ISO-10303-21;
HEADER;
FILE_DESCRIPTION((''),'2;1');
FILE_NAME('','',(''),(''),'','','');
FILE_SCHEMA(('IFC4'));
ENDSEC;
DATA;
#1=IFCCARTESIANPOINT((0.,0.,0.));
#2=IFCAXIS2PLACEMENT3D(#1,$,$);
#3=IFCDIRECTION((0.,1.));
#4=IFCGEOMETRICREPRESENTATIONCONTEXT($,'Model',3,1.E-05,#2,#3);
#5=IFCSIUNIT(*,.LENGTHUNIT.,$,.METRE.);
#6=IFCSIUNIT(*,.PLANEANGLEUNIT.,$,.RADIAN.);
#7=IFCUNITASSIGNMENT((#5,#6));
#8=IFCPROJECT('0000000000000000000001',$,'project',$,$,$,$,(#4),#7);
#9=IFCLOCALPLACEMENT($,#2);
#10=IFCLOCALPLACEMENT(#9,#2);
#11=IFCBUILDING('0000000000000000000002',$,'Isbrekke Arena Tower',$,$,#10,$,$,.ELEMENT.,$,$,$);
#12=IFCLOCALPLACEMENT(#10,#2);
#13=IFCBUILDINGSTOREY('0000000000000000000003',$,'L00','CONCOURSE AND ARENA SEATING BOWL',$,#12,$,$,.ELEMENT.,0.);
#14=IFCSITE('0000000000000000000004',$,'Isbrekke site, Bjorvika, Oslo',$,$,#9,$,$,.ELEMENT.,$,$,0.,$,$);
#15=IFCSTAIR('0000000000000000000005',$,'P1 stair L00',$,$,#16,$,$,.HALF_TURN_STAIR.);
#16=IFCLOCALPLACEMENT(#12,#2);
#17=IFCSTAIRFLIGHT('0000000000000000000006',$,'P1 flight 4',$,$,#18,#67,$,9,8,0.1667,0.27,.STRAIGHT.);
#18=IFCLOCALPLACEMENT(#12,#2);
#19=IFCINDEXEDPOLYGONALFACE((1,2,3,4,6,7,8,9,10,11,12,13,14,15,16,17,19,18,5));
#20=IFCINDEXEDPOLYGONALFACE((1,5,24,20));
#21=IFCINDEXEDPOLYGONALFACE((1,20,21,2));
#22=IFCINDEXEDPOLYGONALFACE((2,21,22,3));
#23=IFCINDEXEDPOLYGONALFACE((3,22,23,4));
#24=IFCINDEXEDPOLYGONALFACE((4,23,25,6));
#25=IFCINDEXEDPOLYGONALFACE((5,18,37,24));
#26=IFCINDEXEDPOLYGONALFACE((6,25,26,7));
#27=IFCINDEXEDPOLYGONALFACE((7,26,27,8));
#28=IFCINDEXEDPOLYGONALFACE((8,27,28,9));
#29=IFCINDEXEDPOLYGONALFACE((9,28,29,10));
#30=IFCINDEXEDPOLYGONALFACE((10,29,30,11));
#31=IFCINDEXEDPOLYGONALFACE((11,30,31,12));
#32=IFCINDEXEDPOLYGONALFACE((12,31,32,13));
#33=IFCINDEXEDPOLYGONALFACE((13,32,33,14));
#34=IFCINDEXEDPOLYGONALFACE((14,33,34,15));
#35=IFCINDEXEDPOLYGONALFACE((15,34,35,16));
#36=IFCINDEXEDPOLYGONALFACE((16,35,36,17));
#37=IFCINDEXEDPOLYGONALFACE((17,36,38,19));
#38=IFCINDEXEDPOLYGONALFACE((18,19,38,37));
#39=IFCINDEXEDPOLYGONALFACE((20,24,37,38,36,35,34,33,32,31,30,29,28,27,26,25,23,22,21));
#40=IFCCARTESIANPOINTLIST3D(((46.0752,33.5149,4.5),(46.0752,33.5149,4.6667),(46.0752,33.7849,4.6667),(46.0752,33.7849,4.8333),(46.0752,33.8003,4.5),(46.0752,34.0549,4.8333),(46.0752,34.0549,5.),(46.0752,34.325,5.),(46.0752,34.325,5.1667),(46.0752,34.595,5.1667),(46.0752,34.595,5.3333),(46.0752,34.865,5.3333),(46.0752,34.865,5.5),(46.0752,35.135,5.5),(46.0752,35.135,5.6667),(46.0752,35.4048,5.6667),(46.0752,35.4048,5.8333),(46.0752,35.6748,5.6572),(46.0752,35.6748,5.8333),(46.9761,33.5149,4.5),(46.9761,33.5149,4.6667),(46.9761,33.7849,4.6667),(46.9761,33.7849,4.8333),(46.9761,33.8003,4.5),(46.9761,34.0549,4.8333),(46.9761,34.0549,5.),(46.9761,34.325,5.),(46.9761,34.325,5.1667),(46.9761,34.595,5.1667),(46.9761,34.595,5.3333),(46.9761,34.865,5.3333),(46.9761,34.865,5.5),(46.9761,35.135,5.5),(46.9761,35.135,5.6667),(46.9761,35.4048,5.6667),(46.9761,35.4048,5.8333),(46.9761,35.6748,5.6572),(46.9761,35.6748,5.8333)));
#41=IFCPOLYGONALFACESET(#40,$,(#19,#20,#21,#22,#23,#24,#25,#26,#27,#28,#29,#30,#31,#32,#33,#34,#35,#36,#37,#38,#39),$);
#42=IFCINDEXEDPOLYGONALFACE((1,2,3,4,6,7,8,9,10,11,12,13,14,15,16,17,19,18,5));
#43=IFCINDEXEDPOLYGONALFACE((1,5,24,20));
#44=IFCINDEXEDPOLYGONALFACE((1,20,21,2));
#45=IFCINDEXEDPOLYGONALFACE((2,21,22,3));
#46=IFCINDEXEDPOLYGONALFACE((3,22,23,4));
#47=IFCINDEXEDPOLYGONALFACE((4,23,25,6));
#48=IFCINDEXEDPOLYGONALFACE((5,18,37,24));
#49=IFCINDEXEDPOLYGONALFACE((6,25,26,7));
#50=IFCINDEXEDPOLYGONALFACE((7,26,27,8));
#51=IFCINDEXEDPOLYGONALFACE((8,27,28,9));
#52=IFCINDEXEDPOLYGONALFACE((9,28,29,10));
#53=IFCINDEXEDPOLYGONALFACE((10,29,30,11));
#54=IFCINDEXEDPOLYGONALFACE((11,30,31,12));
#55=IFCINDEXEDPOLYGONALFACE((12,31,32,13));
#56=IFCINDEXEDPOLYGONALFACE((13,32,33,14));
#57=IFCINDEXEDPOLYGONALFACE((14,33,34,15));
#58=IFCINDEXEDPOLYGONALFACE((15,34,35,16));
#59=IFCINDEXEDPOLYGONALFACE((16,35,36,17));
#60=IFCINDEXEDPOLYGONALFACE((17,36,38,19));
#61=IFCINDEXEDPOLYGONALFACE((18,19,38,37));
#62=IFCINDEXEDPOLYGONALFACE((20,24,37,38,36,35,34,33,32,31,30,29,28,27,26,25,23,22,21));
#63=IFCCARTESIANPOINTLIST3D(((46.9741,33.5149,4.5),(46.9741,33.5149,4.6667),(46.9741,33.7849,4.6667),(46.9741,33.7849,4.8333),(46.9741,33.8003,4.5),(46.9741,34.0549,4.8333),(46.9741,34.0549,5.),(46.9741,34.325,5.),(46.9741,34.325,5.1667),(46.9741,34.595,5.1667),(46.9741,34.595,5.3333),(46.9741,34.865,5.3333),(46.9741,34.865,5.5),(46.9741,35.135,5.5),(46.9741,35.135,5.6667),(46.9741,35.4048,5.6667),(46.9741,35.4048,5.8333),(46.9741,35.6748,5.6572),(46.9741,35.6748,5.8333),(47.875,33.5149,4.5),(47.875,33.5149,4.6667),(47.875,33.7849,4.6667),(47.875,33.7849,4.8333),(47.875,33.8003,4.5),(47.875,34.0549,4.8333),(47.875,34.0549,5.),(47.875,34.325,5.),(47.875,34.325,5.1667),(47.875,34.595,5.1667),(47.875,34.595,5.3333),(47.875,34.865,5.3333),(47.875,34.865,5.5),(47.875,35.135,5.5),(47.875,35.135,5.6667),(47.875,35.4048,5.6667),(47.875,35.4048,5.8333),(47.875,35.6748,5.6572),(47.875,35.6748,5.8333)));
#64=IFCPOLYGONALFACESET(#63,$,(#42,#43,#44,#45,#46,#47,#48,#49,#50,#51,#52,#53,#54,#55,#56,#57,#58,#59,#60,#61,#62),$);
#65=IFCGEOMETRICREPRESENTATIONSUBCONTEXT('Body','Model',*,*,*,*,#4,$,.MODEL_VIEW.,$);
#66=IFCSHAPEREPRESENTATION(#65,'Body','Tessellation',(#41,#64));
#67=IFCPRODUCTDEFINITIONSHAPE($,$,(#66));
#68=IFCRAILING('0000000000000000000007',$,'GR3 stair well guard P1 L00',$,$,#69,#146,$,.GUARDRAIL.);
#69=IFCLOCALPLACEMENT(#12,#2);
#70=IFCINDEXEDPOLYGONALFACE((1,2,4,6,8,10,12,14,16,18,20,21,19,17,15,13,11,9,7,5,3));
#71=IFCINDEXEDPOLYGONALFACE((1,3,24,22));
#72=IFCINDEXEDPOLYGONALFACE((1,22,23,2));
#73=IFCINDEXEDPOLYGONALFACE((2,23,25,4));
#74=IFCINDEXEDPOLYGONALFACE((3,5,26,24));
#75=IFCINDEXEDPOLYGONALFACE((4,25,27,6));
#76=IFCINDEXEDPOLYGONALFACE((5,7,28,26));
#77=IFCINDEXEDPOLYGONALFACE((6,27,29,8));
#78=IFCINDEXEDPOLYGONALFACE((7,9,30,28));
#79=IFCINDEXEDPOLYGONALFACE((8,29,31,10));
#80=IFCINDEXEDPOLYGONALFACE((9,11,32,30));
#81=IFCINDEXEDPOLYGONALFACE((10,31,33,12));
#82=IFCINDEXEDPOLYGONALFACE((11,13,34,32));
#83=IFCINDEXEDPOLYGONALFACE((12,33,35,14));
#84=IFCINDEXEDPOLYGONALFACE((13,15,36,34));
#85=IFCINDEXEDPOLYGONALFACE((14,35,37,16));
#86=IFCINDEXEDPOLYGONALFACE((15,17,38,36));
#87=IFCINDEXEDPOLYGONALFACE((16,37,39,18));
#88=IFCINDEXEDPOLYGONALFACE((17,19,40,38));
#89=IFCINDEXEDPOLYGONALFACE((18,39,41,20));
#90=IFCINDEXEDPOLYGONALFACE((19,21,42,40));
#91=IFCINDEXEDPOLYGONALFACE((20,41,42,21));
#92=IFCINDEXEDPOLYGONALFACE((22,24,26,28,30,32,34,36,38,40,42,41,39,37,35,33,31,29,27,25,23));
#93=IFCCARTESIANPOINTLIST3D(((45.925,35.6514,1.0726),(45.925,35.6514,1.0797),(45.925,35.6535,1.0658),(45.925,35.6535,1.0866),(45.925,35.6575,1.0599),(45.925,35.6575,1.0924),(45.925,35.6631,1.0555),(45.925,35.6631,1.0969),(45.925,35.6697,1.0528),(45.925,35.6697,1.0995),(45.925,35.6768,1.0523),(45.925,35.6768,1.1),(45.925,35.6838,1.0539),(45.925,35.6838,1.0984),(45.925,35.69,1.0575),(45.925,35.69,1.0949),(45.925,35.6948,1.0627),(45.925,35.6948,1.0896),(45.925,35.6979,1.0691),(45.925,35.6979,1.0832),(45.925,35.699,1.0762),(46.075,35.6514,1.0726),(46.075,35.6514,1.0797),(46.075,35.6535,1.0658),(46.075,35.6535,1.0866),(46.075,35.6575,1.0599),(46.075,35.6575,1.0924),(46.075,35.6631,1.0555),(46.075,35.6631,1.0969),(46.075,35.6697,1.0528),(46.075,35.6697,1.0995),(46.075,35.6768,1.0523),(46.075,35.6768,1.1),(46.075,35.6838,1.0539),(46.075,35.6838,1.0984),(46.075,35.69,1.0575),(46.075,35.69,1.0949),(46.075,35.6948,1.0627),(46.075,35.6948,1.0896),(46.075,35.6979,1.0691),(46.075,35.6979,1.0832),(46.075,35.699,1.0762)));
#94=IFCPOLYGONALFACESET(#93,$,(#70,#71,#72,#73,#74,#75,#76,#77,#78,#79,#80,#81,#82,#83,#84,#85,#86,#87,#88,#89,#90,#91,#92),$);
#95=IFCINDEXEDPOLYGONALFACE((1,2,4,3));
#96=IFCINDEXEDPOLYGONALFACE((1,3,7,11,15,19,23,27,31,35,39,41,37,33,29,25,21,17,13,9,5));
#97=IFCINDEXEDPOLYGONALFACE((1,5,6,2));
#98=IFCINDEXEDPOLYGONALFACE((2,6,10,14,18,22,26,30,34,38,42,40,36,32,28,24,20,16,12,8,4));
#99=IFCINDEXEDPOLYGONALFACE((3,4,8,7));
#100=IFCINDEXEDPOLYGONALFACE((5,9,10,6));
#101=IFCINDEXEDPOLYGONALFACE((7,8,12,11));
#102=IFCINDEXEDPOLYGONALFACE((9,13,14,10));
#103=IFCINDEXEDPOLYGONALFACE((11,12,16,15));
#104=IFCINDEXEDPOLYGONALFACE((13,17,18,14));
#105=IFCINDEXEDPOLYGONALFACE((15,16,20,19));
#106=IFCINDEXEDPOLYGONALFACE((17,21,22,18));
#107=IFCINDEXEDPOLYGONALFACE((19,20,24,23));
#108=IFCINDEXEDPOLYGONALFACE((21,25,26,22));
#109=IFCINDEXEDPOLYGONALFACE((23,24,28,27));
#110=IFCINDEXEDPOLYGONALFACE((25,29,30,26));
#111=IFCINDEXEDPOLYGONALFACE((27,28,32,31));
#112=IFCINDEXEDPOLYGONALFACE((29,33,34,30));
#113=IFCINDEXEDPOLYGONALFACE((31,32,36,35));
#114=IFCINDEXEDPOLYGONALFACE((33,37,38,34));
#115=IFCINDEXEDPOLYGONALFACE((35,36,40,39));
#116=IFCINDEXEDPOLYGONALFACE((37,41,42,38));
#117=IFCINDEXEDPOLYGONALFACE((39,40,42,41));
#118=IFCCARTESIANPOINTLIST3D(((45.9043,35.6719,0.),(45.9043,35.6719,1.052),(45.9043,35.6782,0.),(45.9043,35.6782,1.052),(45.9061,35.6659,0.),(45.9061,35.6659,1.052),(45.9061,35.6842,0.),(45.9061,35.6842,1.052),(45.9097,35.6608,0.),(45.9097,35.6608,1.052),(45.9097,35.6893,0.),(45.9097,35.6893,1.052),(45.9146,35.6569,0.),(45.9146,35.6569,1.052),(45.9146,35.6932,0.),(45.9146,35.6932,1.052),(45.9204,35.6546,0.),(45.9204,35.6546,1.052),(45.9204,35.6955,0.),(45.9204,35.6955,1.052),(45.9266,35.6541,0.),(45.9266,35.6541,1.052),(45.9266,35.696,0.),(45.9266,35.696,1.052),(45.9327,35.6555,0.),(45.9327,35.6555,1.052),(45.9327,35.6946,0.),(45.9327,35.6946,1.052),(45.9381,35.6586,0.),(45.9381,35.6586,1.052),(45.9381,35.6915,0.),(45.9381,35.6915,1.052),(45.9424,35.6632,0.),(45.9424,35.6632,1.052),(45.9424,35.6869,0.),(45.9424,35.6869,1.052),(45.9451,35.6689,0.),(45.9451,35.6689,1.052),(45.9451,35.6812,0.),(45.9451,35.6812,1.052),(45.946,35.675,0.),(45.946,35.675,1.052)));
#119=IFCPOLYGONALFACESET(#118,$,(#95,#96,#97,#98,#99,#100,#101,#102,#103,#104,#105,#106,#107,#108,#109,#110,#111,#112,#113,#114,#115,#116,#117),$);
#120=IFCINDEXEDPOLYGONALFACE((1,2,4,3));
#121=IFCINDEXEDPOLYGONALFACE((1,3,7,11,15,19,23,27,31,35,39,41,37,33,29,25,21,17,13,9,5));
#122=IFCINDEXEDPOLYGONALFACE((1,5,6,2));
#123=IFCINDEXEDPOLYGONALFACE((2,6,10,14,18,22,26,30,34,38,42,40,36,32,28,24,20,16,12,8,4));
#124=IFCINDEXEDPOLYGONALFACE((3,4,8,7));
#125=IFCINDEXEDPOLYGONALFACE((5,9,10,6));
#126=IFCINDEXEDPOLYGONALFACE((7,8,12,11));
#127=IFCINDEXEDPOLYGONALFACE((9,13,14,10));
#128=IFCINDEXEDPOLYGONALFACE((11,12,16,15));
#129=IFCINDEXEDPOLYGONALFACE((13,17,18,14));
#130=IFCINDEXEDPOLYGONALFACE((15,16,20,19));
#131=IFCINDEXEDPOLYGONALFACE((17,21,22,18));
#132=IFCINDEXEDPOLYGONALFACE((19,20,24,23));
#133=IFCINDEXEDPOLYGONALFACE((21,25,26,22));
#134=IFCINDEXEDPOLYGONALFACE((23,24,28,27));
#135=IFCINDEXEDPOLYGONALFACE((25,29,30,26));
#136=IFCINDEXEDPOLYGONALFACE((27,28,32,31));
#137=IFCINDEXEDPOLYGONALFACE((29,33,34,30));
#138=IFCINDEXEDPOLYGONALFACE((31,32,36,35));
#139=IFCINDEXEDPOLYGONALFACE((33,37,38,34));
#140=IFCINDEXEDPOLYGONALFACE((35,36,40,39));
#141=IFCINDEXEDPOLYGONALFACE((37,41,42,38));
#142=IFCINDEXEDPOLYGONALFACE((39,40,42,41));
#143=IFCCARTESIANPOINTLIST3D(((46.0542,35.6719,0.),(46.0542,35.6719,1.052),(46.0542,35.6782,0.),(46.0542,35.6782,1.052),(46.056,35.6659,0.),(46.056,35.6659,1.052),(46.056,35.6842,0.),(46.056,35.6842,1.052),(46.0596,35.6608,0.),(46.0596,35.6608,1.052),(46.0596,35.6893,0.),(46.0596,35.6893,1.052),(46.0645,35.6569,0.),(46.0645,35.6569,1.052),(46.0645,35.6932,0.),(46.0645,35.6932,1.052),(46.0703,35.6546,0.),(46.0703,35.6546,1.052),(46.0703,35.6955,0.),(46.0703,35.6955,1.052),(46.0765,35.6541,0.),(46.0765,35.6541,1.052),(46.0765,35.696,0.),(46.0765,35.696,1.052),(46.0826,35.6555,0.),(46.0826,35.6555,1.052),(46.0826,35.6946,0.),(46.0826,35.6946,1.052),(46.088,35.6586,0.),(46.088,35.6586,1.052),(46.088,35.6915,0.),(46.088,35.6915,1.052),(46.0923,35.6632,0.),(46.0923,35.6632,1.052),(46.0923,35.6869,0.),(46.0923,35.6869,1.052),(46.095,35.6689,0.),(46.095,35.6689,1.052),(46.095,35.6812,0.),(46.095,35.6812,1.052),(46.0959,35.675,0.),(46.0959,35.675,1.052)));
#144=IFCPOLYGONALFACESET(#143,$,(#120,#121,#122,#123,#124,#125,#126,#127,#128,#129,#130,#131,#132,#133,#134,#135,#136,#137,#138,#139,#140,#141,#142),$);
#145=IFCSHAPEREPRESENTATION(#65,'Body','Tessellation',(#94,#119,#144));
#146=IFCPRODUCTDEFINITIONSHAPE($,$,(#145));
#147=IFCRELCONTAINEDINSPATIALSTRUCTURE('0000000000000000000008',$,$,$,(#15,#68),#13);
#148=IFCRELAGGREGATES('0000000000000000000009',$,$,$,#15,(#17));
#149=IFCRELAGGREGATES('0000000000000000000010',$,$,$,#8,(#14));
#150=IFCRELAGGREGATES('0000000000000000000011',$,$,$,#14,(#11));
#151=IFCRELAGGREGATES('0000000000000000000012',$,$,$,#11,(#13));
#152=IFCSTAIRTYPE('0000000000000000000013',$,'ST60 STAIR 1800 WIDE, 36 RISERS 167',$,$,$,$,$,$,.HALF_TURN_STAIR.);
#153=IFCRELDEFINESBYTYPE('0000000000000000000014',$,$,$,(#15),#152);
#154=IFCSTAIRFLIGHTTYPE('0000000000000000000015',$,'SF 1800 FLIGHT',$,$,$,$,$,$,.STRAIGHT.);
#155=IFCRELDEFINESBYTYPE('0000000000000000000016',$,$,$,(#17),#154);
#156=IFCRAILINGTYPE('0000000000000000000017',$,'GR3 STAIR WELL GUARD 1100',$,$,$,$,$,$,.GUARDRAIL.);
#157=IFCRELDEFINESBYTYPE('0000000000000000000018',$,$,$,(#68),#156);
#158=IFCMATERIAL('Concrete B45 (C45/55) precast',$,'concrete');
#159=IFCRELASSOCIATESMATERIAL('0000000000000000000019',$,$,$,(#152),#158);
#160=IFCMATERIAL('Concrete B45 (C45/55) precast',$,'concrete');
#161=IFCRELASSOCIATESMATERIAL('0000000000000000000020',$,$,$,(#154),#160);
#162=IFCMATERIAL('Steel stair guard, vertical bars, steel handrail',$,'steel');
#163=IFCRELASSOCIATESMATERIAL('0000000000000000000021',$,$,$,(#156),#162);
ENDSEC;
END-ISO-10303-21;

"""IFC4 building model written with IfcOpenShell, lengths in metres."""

from ifc_helpers import new_model, si_unit, direction, frame, origin, origin_2d, place, context, subcontext, project, spatial, polyline, circle, outline, extrude, material, type_object, element, aggregate, save


model = new_model("IFC4")

# Units and contexts
model_context = context("Model", 3, precision=1e-05, world=origin(), true_north=direction((0.0, 1.0)))
body_context = subcontext(model_context, "Body", "Model", "MODEL_VIEW")
ifc_project = project(units=[si_unit("LENGTHUNIT", "METRE"), si_unit("PLANEANGLEUNIT", "RADIAN")], contexts=[model_context])

# Site, building, storey
site_placement = place(None, origin())
site = spatial("IfcSite", under=ifc_project, at=site_placement, Name="Isbrekke site, Bjorvika, Oslo", CompositionType="ELEMENT", RefElevation=0.0)
building_placement = place(site_placement, origin())
building = spatial("IfcBuilding", under=site, at=building_placement, Name="Isbrekke Arena Tower", CompositionType="ELEMENT")
storey_placement = place(building_placement, origin())
storey = spatial("IfcBuildingStorey", under=building, at=storey_placement, Name="L00", Description="CONCOURSE AND ARENA SEATING BOWL", CompositionType="ELEMENT", Elevation=0.0)

# Stair, stair flight
ifc_material_1 = material(Name="Concrete B45 (C45/55) precast", Category="concrete")
stair_type = type_object("IfcStairType", Name="ST60 STAIR 1800 WIDE, 36 RISERS 167", PredefinedType="HALF_TURN_STAIR", material=ifc_material_1)
stair_placement = place(storey_placement, origin())
stair = element("IfcStair", 1, at=stair_placement, inside=storey, type_object=stair_type, Name="P1 stair L00", PredefinedType="HALF_TURN_STAIR")
ifc_material_2 = material(Name="Concrete B45 (C45/55) precast", Category="concrete")
stair_flight_type = type_object("IfcStairFlightType", Name="SF 1800 FLIGHT", PredefinedType="STRAIGHT", material=ifc_material_2)
stair_flight_1_placement = place(storey_placement, frame((46.9751, 33.5149, 4.5), z_axis=(0.0, 0.0, 1.0), x_axis=(0.0, 1.0, 0.0)))
stair_flight_1 = element("IfcStairFlight", 2, at=stair_flight_1_placement, type_object=stair_flight_type, Name="P1 flight 4", NumberOfRisers=9, NumberOfTreads=8, PredefinedType="STRAIGHT", RiserHeight=0.1667, TreadLength=0.27, context=body_context, shape_type="SweptSolid", body=[
    extrude(outline(polyline([(0.0, 0.0), (0.0, 0.1667), (0.27, 0.1667), (0.27, 0.3333), (0.54, 0.3333), (0.54, 0.5), (0.8101, 0.5), (0.8101, 0.6667), (1.0801, 0.6667), (1.0801, 0.8333), (1.3501, 0.8333), (1.3501, 1.0), (1.6201, 1.0), (1.6201, 1.1667), (1.8899, 1.1667), (1.8899, 1.3333), (2.1599, 1.3333), (2.1599, 1.5), (2.1599, 1.1572), (0.2854, 0.0), (0.0, 0.0)])), frame((0.0, 0.8999, 0.0), z_axis=(0.0, -1.0, 0.0), x_axis=(1.0, 0.0, 0.0)), (0.0, 0.0, 1.0), 0.9009),
    extrude(outline(polyline([(0.0, 0.0), (0.0, 0.1667), (0.27, 0.1667), (0.27, 0.3333), (0.54, 0.3333), (0.54, 0.5), (0.8101, 0.5), (0.8101, 0.6667), (1.0801, 0.6667), (1.0801, 0.8333), (1.3501, 0.8333), (1.3501, 1.0), (1.6201, 1.0), (1.6201, 1.1667), (1.8899, 1.1667), (1.8899, 1.3333), (2.1599, 1.3333), (2.1599, 1.5), (2.1599, 1.1572), (0.2854, 0.0), (0.0, 0.0)])), frame((0.0, 0.001, 0.0), z_axis=(0.0, -1.0, 0.0), x_axis=(1.0, 0.0, 0.0)), (0.0, 0.0, 1.0), 0.9009),
])
aggregate(stair, [stair_flight_1])

# Railing
ifc_material_3 = material(Name="Steel stair guard, vertical bars, steel handrail", Category="steel")
railing_type = type_object("IfcRailingType", Name="GR3 STAIR WELL GUARD 1100", PredefinedType="GUARDRAIL", material=ifc_material_3)
for number, where, name in (
    (3, (45.925, 35.675, 0.0), "GR3 stair well guard P1 L00"),
):
    element("IfcRailing", number, at=place(storey_placement, frame(where)), inside=storey, type_object=railing_type, Name=name, PredefinedType="GUARDRAIL", context=body_context, shape_type="SweptSolid", body=[
        extrude(circle(Radius=0.0239, at=origin_2d()), frame((0.0, 0.0, 1.0762), z_axis=(1.0, 0.0, 0.0), x_axis=(0.0, 1.0, 0.0)), (0.0, 0.0, 1.0), 0.1499),
        extrude(circle(Radius=0.021, at=origin_2d()), origin(), (0.0, 0.0, 1.0), 1.052),
        extrude(circle(Radius=0.021, at=origin_2d()), frame((0.1499, 0.0, 0.0)), (0.0, 0.0, 1.0), 1.052),
    ])

save(model, "model.ifc")
